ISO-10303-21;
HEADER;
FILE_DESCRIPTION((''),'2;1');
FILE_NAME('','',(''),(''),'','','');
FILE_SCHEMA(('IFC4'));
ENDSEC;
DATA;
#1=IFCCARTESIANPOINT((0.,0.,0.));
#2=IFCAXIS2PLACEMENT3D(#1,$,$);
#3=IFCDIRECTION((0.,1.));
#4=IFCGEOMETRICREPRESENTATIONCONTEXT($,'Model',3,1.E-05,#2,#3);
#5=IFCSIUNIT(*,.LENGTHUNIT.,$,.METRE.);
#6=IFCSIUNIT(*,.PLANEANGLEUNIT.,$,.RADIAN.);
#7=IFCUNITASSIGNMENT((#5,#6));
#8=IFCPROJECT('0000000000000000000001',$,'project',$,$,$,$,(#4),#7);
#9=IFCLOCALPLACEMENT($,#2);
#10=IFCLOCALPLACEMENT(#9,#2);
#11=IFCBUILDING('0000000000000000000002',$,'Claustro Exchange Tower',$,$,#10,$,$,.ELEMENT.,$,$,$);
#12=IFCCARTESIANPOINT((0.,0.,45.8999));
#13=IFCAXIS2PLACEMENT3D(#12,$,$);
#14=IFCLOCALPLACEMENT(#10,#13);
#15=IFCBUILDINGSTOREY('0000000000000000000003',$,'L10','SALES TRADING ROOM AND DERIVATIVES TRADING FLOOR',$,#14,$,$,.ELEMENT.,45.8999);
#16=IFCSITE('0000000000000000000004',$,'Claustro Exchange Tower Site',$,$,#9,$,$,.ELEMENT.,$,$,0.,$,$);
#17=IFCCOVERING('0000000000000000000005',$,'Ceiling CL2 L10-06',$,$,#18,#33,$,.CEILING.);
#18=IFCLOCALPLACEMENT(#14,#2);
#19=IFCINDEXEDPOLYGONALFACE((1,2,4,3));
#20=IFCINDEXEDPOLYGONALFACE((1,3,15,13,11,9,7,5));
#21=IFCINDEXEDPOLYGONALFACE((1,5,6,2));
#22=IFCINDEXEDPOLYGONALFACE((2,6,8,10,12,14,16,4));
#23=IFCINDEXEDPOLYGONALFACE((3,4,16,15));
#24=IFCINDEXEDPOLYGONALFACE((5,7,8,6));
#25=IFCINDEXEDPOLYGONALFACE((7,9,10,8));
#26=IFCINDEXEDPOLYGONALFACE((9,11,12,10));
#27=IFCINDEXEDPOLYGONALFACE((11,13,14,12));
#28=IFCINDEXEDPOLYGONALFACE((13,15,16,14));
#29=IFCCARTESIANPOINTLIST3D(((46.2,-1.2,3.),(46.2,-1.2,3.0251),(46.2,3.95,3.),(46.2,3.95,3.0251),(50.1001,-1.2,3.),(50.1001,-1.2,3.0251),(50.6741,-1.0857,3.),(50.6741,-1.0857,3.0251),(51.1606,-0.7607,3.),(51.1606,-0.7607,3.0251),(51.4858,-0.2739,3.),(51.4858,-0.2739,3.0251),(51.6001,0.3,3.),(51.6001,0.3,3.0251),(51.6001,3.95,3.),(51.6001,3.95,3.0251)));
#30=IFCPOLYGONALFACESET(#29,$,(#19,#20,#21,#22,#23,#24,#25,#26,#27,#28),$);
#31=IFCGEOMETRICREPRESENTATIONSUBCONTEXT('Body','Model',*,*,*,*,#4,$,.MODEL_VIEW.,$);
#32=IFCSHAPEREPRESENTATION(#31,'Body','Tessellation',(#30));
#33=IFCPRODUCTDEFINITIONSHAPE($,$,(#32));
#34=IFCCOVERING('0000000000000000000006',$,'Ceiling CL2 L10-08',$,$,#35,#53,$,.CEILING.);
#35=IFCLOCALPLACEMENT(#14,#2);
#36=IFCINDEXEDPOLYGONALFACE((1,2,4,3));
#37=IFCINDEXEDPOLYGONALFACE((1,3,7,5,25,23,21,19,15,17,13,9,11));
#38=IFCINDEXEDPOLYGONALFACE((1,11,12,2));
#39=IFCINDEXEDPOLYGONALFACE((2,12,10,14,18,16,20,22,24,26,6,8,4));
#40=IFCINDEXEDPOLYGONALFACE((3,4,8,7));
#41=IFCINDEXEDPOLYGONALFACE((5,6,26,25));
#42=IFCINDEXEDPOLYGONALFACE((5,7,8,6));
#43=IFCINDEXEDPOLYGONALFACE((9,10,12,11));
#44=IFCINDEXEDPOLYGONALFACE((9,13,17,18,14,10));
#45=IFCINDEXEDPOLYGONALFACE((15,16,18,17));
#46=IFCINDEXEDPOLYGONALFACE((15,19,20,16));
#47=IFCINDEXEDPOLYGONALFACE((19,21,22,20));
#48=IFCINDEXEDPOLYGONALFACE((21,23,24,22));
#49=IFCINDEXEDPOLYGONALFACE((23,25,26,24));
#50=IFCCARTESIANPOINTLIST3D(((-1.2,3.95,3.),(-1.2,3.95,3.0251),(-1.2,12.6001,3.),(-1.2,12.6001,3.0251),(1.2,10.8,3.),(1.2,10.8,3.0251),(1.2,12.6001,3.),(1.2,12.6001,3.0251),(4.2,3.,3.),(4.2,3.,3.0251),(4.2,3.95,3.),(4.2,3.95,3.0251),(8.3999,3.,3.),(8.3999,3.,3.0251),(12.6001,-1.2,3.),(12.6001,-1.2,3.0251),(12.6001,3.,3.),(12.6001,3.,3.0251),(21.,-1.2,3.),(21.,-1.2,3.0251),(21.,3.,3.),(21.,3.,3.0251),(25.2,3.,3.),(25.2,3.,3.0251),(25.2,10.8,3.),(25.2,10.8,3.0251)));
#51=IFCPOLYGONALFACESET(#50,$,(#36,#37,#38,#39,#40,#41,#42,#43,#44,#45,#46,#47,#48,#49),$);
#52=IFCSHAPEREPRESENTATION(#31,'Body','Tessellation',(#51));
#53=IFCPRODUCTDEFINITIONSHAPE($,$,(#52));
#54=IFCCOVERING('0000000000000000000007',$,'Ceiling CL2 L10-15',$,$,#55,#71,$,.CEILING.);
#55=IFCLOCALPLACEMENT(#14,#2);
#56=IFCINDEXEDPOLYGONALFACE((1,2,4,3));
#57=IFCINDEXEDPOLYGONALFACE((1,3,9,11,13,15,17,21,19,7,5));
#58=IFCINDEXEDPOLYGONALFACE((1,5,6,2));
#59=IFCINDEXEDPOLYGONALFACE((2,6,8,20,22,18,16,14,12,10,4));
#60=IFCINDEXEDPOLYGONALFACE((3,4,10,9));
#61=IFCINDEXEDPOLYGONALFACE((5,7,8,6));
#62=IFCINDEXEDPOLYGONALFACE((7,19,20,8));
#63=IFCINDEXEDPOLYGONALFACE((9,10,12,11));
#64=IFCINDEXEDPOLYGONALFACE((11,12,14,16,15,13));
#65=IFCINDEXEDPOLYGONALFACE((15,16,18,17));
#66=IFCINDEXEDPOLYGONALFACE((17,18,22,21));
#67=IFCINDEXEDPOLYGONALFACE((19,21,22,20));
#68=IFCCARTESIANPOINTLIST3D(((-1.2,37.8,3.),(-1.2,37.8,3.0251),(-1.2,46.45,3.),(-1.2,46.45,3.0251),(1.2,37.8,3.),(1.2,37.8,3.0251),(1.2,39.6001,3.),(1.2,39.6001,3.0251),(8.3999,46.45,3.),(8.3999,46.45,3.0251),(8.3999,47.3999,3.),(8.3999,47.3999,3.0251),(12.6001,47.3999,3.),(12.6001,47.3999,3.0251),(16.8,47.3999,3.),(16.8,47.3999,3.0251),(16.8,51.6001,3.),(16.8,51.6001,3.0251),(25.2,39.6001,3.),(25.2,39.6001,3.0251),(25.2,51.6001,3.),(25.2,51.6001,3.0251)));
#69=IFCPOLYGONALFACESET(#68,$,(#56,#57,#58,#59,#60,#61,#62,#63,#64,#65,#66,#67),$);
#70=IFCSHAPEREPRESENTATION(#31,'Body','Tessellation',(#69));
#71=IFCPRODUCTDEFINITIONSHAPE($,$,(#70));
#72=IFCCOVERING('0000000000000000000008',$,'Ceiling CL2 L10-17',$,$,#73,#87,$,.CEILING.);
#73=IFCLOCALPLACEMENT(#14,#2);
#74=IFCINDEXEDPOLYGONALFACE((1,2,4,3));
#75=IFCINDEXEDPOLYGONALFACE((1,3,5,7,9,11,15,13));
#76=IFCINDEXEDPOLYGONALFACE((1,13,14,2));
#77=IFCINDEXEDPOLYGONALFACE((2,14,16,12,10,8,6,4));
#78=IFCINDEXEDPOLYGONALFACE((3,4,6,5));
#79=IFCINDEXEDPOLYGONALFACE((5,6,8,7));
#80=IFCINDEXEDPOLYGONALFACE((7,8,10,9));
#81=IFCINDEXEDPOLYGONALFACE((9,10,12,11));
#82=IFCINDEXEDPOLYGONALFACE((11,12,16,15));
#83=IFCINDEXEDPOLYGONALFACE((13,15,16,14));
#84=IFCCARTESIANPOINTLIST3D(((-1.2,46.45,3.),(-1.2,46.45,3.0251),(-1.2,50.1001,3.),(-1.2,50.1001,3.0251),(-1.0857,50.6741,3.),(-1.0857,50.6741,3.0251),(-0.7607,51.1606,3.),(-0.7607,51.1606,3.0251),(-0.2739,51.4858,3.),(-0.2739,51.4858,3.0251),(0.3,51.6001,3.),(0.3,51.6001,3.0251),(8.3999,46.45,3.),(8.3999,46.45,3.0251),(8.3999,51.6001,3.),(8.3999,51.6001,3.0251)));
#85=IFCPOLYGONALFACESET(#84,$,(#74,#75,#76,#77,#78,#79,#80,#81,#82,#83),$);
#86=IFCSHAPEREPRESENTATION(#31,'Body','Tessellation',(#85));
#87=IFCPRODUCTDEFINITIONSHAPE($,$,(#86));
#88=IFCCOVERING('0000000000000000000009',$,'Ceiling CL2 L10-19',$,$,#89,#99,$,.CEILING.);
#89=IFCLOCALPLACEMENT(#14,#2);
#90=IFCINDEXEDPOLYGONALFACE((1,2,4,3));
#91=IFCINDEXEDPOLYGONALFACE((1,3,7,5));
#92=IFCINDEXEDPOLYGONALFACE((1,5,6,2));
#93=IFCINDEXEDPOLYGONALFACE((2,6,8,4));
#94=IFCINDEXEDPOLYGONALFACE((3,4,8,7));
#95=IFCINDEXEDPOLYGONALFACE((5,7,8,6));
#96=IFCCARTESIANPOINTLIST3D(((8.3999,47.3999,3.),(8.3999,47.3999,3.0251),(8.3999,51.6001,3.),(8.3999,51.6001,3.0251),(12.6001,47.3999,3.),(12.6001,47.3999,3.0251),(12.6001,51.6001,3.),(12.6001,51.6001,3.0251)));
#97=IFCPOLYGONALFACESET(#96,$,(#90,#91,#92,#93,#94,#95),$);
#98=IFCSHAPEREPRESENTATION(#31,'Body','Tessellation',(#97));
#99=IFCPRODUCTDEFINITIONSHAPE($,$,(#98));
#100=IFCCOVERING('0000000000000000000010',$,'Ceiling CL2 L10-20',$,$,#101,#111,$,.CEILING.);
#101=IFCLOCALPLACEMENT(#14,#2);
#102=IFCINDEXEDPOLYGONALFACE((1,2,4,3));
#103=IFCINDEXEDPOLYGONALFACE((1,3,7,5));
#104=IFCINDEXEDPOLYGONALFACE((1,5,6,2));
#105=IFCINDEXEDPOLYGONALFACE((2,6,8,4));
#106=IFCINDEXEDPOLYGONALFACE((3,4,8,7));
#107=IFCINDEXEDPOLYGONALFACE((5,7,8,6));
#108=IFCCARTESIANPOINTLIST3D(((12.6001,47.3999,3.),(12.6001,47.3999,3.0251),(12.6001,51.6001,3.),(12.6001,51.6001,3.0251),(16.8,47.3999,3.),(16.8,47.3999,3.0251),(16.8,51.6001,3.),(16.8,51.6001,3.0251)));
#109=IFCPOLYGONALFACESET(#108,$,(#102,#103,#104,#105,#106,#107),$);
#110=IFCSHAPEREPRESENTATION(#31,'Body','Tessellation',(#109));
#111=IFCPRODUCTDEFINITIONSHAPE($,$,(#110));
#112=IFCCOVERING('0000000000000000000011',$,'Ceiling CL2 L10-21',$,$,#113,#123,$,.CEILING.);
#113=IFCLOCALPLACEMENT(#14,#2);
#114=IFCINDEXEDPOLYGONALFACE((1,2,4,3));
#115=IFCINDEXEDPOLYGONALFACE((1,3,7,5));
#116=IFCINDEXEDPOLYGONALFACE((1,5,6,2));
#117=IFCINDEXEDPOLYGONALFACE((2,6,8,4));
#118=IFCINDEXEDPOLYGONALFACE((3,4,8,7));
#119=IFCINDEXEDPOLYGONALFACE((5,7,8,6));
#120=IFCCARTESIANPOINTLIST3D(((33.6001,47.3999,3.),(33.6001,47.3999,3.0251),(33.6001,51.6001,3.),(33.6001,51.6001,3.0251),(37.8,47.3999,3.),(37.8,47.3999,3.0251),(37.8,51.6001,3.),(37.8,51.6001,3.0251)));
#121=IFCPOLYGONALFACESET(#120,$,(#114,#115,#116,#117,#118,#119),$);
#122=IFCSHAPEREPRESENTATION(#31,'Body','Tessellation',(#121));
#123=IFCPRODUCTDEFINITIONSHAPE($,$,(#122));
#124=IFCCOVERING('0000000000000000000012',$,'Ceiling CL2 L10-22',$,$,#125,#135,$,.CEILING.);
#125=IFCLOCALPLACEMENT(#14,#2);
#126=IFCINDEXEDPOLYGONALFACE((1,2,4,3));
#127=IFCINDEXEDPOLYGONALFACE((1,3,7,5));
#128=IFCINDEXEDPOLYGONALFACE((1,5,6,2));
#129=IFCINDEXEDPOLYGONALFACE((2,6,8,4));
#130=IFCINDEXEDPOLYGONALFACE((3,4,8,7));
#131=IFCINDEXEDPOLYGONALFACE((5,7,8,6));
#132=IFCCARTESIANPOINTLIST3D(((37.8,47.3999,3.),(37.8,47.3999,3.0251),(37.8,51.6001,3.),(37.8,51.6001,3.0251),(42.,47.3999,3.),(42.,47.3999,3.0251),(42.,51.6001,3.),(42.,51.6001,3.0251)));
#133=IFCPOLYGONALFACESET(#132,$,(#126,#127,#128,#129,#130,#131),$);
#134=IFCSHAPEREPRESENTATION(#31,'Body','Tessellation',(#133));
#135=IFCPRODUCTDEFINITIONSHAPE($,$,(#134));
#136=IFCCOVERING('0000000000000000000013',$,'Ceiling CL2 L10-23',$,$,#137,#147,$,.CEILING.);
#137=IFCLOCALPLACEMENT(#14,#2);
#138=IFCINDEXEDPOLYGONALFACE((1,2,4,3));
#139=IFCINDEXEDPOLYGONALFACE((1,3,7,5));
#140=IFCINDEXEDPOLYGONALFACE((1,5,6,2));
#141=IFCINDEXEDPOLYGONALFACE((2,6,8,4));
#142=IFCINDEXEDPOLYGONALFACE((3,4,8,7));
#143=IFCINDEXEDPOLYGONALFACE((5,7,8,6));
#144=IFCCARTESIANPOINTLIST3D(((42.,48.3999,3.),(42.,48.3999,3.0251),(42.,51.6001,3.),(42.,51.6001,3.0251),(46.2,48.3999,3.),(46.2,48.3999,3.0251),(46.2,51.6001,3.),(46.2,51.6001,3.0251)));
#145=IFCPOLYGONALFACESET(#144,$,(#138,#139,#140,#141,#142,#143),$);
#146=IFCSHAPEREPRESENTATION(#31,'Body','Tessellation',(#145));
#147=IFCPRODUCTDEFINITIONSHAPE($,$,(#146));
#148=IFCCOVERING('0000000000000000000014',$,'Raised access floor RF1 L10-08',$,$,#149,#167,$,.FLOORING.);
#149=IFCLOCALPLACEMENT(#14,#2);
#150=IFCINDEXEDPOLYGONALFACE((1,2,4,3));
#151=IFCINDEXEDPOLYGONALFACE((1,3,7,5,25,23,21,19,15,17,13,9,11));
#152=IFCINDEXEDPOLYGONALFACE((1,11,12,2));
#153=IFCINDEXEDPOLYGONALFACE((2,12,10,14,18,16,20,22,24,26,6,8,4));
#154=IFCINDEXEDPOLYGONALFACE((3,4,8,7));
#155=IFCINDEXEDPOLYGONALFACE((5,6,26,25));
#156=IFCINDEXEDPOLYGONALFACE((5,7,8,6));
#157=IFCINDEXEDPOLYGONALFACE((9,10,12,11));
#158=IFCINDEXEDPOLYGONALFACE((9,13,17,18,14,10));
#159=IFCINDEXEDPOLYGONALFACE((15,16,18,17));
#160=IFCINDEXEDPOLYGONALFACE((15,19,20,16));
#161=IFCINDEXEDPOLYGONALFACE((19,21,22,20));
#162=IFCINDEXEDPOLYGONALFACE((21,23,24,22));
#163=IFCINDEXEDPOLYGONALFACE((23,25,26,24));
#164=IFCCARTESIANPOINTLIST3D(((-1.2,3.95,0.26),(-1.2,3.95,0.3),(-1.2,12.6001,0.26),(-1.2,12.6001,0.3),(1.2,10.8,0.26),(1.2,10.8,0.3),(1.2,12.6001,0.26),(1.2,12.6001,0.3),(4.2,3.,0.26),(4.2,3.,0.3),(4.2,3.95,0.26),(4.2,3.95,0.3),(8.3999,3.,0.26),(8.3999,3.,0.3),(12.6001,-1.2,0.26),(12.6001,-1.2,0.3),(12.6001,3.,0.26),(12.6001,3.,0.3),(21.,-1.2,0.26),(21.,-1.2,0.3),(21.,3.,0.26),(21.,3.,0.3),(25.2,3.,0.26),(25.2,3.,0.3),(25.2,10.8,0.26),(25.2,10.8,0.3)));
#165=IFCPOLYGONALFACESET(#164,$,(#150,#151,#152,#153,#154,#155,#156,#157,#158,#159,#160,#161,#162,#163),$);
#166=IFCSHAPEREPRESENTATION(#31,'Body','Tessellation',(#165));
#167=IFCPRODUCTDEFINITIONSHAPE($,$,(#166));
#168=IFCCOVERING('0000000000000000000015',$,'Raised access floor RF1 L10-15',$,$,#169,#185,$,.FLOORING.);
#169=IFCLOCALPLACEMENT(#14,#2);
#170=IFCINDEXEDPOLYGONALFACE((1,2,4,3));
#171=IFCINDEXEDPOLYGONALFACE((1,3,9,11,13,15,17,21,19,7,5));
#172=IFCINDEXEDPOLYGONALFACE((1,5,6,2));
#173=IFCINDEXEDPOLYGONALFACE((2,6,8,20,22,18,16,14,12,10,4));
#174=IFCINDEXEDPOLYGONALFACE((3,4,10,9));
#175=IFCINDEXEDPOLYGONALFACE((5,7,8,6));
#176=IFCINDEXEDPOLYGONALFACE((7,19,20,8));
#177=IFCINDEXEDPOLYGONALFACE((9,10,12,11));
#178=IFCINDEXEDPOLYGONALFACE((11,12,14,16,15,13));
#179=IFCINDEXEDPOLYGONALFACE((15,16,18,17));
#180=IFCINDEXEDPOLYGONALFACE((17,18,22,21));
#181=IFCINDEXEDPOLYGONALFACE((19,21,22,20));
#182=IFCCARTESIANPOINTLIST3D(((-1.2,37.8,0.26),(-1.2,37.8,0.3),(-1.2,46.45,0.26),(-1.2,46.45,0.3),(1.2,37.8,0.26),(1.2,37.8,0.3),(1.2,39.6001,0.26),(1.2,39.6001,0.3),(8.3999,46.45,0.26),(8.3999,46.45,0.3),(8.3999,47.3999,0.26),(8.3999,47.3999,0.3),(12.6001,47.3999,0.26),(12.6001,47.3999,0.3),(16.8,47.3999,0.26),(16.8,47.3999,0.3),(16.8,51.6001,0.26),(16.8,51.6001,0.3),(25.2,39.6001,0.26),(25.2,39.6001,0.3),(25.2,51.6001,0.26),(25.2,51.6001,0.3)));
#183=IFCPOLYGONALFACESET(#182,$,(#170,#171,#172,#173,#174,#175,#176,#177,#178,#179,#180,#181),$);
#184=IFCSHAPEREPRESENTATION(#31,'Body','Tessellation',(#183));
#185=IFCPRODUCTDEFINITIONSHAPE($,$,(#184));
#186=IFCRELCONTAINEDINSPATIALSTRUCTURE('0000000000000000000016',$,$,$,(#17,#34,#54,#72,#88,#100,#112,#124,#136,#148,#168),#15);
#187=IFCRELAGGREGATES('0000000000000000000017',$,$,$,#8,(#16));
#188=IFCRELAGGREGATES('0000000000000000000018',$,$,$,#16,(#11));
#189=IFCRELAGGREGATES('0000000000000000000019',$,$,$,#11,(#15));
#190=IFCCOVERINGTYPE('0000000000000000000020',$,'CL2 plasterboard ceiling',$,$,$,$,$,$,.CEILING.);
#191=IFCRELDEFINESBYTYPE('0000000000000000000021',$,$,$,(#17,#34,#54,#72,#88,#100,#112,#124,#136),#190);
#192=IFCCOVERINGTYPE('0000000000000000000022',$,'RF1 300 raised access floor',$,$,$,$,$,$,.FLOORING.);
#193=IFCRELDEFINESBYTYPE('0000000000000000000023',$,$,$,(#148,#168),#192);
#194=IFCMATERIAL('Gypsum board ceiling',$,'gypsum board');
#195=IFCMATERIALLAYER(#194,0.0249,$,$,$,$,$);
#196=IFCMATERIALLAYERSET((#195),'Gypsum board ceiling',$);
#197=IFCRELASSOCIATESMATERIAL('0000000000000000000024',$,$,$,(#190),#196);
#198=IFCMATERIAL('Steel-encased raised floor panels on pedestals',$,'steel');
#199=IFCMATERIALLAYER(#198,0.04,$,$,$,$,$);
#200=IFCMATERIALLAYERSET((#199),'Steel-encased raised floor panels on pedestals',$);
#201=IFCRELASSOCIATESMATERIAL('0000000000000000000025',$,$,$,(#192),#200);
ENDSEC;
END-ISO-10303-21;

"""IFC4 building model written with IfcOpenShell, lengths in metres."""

from ifc_helpers import new_model, si_unit, direction, frame, origin, place, context, subcontext, project, spatial, polyline, outline, extrude, material, layer, layer_set, type_object, element, save


model = new_model("IFC4")

# Units and contexts
model_context = context("Model", 3, precision=1e-05, world=origin(), true_north=direction((0.0, 1.0)))
body_context = subcontext(model_context, "Body", "Model", "MODEL_VIEW")
ifc_project = project(units=[si_unit("LENGTHUNIT", "METRE"), si_unit("PLANEANGLEUNIT", "RADIAN")], contexts=[model_context])

# Site, building, storey
site_placement = place(None, origin())
site = spatial("IfcSite", under=ifc_project, at=site_placement, Name="Claustro Exchange Tower Site", CompositionType="ELEMENT", RefElevation=0.0)
building_placement = place(site_placement, origin())
building = spatial("IfcBuilding", under=site, at=building_placement, Name="Claustro Exchange Tower", CompositionType="ELEMENT")
storey_placement = place(building_placement, frame((0.0, 0.0, 45.8999)))
storey = spatial("IfcBuildingStorey", under=building, at=storey_placement, Name="L10", Description="SALES TRADING ROOM AND DERIVATIVES TRADING FLOOR", CompositionType="ELEMENT", Elevation=45.8999)

# Coverings
ifc_material_1 = material(Name="Gypsum board ceiling", Category="gypsum board")
ifc_layer_1 = layer(ifc_material_1, 0.0249)
ifc_layer_set_1 = layer_set([ifc_layer_1], Name="Gypsum board ceiling")
covering_type_1 = type_object("IfcCoveringType", Name="CL2 plasterboard ceiling", PredefinedType="CEILING", material=ifc_layer_set_1)
covering_1_placement = place(storey_placement, frame((0.0, 0.0, 3.0)))
element("IfcCovering", 1, at=covering_1_placement, inside=storey, type_object=covering_type_1, Name="Ceiling CL2 L10-06", PredefinedType="CEILING", context=body_context, shape_type="SweptSolid", body=[
    extrude(outline(polyline([(51.6001, 0.3), (51.6001, 3.95), (46.2, 3.95), (46.2, -1.2), (50.1001, -1.2), (50.6741, -1.0857), (51.1606, -0.7607), (51.4858, -0.2739), (51.6001, 0.3)])), origin(), (0.0, 0.0, 1.0), 0.0251),
])
covering_2_placement = place(storey_placement, frame((0.0, 0.0, 3.0)))
element("IfcCovering", 2, at=covering_2_placement, inside=storey, type_object=covering_type_1, Name="Ceiling CL2 L10-08", PredefinedType="CEILING", context=body_context, shape_type="SweptSolid", body=[
    extrude(outline(polyline([(-1.2, 12.6001), (-1.2, 3.95), (4.2, 3.95), (4.2, 3.0), (8.3999, 3.0), (12.6001, 3.0), (12.6001, -1.2), (21.0, -1.2), (21.0, 3.0), (25.2, 3.0), (25.2, 10.8), (1.2, 10.8), (1.2, 12.6001), (-1.2, 12.6001)])), origin(), (0.0, 0.0, 1.0), 0.0251),
])
covering_3_placement = place(storey_placement, frame((0.0, 0.0, 3.0)))
element("IfcCovering", 3, at=covering_3_placement, inside=storey, type_object=covering_type_1, Name="Ceiling CL2 L10-15", PredefinedType="CEILING", context=body_context, shape_type="SweptSolid", body=[
    extrude(outline(polyline([(-1.2, 46.45), (-1.2, 37.8), (1.2, 37.8), (1.2, 39.6001), (25.2, 39.6001), (25.2, 51.6001), (16.8, 51.6001), (16.8, 47.3999), (12.6001, 47.3999), (8.3999, 47.3999), (8.3999, 46.45), (-1.2, 46.45)])), origin(), (0.0, 0.0, 1.0), 0.0251),
])
covering_4_placement = place(storey_placement, frame((0.0, 0.0, 3.0)))
element("IfcCovering", 4, at=covering_4_placement, inside=storey, type_object=covering_type_1, Name="Ceiling CL2 L10-17", PredefinedType="CEILING", context=body_context, shape_type="SweptSolid", body=[
    extrude(outline(polyline([(-1.2, 50.1001), (-1.2, 46.45), (8.3999, 46.45), (8.3999, 51.6001), (0.3, 51.6001), (-0.2739, 51.4858), (-0.7607, 51.1606), (-1.0857, 50.6741), (-1.2, 50.1001)])), origin(), (0.0, 0.0, 1.0), 0.0251),
])
covering_5_placement = place(storey_placement, frame((0.0, 0.0, 3.0)))
element("IfcCovering", 5, at=covering_5_placement, inside=storey, type_object=covering_type_1, Name="Ceiling CL2 L10-19", PredefinedType="CEILING", context=body_context, shape_type="SweptSolid", body=[
    extrude(outline(polyline([(12.6001, 51.6001), (8.3999, 51.6001), (8.3999, 47.3999), (12.6001, 47.3999), (12.6001, 51.6001)])), origin(), (0.0, 0.0, 1.0), 0.0251),
])
covering_6_placement = place(storey_placement, frame((0.0, 0.0, 3.0)))
element("IfcCovering", 6, at=covering_6_placement, inside=storey, type_object=covering_type_1, Name="Ceiling CL2 L10-20", PredefinedType="CEILING", context=body_context, shape_type="SweptSolid", body=[
    extrude(outline(polyline([(16.8, 51.6001), (12.6001, 51.6001), (12.6001, 47.3999), (16.8, 47.3999), (16.8, 51.6001)])), origin(), (0.0, 0.0, 1.0), 0.0251),
])
covering_7_placement = place(storey_placement, frame((0.0, 0.0, 3.0)))
element("IfcCovering", 7, at=covering_7_placement, inside=storey, type_object=covering_type_1, Name="Ceiling CL2 L10-21", PredefinedType="CEILING", context=body_context, shape_type="SweptSolid", body=[
    extrude(outline(polyline([(37.8, 51.6001), (33.6001, 51.6001), (33.6001, 47.3999), (37.8, 47.3999), (37.8, 51.6001)])), origin(), (0.0, 0.0, 1.0), 0.0251),
])
covering_8_placement = place(storey_placement, frame((0.0, 0.0, 3.0)))
element("IfcCovering", 8, at=covering_8_placement, inside=storey, type_object=covering_type_1, Name="Ceiling CL2 L10-22", PredefinedType="CEILING", context=body_context, shape_type="SweptSolid", body=[
    extrude(outline(polyline([(42.0, 51.6001), (37.8, 51.6001), (37.8, 47.3999), (42.0, 47.3999), (42.0, 51.6001)])), origin(), (0.0, 0.0, 1.0), 0.0251),
])
covering_9_placement = place(storey_placement, frame((0.0, 0.0, 3.0)))
element("IfcCovering", 9, at=covering_9_placement, inside=storey, type_object=covering_type_1, Name="Ceiling CL2 L10-23", PredefinedType="CEILING", context=body_context, shape_type="SweptSolid", body=[
    extrude(outline(polyline([(46.2, 51.6001), (42.0, 51.6001), (42.0, 48.3999), (46.2, 48.3999), (46.2, 51.6001)])), origin(), (0.0, 0.0, 1.0), 0.0251),
])
ifc_material_2 = material(Name="Steel-encased raised floor panels on pedestals", Category="steel")
ifc_layer_2 = layer(ifc_material_2, 0.04)
ifc_layer_set_2 = layer_set([ifc_layer_2], Name="Steel-encased raised floor panels on pedestals")
covering_type_2 = type_object("IfcCoveringType", Name="RF1 300 raised access floor", PredefinedType="FLOORING", material=ifc_layer_set_2)
covering_10_placement = place(storey_placement, frame((0.0, 0.0, 0.26)))
element("IfcCovering", 10, at=covering_10_placement, inside=storey, type_object=covering_type_2, Name="Raised access floor RF1 L10-08", PredefinedType="FLOORING", context=body_context, shape_type="SweptSolid", body=[
    extrude(outline(polyline([(-1.2, 12.6001), (-1.2, 3.95), (4.2, 3.95), (4.2, 3.0), (8.3999, 3.0), (12.6001, 3.0), (12.6001, -1.2), (21.0, -1.2), (21.0, 3.0), (25.2, 3.0), (25.2, 10.8), (1.2, 10.8), (1.2, 12.6001), (-1.2, 12.6001)])), origin(), (0.0, 0.0, 1.0), 0.04),
])
covering_11_placement = place(storey_placement, frame((0.0, 0.0, 0.26)))
element("IfcCovering", 11, at=covering_11_placement, inside=storey, type_object=covering_type_2, Name="Raised access floor RF1 L10-15", PredefinedType="FLOORING", context=body_context, shape_type="SweptSolid", body=[
    extrude(outline(polyline([(-1.2, 46.45), (-1.2, 37.8), (1.2, 37.8), (1.2, 39.6001), (25.2, 39.6001), (25.2, 51.6001), (16.8, 51.6001), (16.8, 47.3999), (12.6001, 47.3999), (8.3999, 47.3999), (8.3999, 46.45), (-1.2, 46.45)])), origin(), (0.0, 0.0, 1.0), 0.04),
])

save(model, "model.ifc")
